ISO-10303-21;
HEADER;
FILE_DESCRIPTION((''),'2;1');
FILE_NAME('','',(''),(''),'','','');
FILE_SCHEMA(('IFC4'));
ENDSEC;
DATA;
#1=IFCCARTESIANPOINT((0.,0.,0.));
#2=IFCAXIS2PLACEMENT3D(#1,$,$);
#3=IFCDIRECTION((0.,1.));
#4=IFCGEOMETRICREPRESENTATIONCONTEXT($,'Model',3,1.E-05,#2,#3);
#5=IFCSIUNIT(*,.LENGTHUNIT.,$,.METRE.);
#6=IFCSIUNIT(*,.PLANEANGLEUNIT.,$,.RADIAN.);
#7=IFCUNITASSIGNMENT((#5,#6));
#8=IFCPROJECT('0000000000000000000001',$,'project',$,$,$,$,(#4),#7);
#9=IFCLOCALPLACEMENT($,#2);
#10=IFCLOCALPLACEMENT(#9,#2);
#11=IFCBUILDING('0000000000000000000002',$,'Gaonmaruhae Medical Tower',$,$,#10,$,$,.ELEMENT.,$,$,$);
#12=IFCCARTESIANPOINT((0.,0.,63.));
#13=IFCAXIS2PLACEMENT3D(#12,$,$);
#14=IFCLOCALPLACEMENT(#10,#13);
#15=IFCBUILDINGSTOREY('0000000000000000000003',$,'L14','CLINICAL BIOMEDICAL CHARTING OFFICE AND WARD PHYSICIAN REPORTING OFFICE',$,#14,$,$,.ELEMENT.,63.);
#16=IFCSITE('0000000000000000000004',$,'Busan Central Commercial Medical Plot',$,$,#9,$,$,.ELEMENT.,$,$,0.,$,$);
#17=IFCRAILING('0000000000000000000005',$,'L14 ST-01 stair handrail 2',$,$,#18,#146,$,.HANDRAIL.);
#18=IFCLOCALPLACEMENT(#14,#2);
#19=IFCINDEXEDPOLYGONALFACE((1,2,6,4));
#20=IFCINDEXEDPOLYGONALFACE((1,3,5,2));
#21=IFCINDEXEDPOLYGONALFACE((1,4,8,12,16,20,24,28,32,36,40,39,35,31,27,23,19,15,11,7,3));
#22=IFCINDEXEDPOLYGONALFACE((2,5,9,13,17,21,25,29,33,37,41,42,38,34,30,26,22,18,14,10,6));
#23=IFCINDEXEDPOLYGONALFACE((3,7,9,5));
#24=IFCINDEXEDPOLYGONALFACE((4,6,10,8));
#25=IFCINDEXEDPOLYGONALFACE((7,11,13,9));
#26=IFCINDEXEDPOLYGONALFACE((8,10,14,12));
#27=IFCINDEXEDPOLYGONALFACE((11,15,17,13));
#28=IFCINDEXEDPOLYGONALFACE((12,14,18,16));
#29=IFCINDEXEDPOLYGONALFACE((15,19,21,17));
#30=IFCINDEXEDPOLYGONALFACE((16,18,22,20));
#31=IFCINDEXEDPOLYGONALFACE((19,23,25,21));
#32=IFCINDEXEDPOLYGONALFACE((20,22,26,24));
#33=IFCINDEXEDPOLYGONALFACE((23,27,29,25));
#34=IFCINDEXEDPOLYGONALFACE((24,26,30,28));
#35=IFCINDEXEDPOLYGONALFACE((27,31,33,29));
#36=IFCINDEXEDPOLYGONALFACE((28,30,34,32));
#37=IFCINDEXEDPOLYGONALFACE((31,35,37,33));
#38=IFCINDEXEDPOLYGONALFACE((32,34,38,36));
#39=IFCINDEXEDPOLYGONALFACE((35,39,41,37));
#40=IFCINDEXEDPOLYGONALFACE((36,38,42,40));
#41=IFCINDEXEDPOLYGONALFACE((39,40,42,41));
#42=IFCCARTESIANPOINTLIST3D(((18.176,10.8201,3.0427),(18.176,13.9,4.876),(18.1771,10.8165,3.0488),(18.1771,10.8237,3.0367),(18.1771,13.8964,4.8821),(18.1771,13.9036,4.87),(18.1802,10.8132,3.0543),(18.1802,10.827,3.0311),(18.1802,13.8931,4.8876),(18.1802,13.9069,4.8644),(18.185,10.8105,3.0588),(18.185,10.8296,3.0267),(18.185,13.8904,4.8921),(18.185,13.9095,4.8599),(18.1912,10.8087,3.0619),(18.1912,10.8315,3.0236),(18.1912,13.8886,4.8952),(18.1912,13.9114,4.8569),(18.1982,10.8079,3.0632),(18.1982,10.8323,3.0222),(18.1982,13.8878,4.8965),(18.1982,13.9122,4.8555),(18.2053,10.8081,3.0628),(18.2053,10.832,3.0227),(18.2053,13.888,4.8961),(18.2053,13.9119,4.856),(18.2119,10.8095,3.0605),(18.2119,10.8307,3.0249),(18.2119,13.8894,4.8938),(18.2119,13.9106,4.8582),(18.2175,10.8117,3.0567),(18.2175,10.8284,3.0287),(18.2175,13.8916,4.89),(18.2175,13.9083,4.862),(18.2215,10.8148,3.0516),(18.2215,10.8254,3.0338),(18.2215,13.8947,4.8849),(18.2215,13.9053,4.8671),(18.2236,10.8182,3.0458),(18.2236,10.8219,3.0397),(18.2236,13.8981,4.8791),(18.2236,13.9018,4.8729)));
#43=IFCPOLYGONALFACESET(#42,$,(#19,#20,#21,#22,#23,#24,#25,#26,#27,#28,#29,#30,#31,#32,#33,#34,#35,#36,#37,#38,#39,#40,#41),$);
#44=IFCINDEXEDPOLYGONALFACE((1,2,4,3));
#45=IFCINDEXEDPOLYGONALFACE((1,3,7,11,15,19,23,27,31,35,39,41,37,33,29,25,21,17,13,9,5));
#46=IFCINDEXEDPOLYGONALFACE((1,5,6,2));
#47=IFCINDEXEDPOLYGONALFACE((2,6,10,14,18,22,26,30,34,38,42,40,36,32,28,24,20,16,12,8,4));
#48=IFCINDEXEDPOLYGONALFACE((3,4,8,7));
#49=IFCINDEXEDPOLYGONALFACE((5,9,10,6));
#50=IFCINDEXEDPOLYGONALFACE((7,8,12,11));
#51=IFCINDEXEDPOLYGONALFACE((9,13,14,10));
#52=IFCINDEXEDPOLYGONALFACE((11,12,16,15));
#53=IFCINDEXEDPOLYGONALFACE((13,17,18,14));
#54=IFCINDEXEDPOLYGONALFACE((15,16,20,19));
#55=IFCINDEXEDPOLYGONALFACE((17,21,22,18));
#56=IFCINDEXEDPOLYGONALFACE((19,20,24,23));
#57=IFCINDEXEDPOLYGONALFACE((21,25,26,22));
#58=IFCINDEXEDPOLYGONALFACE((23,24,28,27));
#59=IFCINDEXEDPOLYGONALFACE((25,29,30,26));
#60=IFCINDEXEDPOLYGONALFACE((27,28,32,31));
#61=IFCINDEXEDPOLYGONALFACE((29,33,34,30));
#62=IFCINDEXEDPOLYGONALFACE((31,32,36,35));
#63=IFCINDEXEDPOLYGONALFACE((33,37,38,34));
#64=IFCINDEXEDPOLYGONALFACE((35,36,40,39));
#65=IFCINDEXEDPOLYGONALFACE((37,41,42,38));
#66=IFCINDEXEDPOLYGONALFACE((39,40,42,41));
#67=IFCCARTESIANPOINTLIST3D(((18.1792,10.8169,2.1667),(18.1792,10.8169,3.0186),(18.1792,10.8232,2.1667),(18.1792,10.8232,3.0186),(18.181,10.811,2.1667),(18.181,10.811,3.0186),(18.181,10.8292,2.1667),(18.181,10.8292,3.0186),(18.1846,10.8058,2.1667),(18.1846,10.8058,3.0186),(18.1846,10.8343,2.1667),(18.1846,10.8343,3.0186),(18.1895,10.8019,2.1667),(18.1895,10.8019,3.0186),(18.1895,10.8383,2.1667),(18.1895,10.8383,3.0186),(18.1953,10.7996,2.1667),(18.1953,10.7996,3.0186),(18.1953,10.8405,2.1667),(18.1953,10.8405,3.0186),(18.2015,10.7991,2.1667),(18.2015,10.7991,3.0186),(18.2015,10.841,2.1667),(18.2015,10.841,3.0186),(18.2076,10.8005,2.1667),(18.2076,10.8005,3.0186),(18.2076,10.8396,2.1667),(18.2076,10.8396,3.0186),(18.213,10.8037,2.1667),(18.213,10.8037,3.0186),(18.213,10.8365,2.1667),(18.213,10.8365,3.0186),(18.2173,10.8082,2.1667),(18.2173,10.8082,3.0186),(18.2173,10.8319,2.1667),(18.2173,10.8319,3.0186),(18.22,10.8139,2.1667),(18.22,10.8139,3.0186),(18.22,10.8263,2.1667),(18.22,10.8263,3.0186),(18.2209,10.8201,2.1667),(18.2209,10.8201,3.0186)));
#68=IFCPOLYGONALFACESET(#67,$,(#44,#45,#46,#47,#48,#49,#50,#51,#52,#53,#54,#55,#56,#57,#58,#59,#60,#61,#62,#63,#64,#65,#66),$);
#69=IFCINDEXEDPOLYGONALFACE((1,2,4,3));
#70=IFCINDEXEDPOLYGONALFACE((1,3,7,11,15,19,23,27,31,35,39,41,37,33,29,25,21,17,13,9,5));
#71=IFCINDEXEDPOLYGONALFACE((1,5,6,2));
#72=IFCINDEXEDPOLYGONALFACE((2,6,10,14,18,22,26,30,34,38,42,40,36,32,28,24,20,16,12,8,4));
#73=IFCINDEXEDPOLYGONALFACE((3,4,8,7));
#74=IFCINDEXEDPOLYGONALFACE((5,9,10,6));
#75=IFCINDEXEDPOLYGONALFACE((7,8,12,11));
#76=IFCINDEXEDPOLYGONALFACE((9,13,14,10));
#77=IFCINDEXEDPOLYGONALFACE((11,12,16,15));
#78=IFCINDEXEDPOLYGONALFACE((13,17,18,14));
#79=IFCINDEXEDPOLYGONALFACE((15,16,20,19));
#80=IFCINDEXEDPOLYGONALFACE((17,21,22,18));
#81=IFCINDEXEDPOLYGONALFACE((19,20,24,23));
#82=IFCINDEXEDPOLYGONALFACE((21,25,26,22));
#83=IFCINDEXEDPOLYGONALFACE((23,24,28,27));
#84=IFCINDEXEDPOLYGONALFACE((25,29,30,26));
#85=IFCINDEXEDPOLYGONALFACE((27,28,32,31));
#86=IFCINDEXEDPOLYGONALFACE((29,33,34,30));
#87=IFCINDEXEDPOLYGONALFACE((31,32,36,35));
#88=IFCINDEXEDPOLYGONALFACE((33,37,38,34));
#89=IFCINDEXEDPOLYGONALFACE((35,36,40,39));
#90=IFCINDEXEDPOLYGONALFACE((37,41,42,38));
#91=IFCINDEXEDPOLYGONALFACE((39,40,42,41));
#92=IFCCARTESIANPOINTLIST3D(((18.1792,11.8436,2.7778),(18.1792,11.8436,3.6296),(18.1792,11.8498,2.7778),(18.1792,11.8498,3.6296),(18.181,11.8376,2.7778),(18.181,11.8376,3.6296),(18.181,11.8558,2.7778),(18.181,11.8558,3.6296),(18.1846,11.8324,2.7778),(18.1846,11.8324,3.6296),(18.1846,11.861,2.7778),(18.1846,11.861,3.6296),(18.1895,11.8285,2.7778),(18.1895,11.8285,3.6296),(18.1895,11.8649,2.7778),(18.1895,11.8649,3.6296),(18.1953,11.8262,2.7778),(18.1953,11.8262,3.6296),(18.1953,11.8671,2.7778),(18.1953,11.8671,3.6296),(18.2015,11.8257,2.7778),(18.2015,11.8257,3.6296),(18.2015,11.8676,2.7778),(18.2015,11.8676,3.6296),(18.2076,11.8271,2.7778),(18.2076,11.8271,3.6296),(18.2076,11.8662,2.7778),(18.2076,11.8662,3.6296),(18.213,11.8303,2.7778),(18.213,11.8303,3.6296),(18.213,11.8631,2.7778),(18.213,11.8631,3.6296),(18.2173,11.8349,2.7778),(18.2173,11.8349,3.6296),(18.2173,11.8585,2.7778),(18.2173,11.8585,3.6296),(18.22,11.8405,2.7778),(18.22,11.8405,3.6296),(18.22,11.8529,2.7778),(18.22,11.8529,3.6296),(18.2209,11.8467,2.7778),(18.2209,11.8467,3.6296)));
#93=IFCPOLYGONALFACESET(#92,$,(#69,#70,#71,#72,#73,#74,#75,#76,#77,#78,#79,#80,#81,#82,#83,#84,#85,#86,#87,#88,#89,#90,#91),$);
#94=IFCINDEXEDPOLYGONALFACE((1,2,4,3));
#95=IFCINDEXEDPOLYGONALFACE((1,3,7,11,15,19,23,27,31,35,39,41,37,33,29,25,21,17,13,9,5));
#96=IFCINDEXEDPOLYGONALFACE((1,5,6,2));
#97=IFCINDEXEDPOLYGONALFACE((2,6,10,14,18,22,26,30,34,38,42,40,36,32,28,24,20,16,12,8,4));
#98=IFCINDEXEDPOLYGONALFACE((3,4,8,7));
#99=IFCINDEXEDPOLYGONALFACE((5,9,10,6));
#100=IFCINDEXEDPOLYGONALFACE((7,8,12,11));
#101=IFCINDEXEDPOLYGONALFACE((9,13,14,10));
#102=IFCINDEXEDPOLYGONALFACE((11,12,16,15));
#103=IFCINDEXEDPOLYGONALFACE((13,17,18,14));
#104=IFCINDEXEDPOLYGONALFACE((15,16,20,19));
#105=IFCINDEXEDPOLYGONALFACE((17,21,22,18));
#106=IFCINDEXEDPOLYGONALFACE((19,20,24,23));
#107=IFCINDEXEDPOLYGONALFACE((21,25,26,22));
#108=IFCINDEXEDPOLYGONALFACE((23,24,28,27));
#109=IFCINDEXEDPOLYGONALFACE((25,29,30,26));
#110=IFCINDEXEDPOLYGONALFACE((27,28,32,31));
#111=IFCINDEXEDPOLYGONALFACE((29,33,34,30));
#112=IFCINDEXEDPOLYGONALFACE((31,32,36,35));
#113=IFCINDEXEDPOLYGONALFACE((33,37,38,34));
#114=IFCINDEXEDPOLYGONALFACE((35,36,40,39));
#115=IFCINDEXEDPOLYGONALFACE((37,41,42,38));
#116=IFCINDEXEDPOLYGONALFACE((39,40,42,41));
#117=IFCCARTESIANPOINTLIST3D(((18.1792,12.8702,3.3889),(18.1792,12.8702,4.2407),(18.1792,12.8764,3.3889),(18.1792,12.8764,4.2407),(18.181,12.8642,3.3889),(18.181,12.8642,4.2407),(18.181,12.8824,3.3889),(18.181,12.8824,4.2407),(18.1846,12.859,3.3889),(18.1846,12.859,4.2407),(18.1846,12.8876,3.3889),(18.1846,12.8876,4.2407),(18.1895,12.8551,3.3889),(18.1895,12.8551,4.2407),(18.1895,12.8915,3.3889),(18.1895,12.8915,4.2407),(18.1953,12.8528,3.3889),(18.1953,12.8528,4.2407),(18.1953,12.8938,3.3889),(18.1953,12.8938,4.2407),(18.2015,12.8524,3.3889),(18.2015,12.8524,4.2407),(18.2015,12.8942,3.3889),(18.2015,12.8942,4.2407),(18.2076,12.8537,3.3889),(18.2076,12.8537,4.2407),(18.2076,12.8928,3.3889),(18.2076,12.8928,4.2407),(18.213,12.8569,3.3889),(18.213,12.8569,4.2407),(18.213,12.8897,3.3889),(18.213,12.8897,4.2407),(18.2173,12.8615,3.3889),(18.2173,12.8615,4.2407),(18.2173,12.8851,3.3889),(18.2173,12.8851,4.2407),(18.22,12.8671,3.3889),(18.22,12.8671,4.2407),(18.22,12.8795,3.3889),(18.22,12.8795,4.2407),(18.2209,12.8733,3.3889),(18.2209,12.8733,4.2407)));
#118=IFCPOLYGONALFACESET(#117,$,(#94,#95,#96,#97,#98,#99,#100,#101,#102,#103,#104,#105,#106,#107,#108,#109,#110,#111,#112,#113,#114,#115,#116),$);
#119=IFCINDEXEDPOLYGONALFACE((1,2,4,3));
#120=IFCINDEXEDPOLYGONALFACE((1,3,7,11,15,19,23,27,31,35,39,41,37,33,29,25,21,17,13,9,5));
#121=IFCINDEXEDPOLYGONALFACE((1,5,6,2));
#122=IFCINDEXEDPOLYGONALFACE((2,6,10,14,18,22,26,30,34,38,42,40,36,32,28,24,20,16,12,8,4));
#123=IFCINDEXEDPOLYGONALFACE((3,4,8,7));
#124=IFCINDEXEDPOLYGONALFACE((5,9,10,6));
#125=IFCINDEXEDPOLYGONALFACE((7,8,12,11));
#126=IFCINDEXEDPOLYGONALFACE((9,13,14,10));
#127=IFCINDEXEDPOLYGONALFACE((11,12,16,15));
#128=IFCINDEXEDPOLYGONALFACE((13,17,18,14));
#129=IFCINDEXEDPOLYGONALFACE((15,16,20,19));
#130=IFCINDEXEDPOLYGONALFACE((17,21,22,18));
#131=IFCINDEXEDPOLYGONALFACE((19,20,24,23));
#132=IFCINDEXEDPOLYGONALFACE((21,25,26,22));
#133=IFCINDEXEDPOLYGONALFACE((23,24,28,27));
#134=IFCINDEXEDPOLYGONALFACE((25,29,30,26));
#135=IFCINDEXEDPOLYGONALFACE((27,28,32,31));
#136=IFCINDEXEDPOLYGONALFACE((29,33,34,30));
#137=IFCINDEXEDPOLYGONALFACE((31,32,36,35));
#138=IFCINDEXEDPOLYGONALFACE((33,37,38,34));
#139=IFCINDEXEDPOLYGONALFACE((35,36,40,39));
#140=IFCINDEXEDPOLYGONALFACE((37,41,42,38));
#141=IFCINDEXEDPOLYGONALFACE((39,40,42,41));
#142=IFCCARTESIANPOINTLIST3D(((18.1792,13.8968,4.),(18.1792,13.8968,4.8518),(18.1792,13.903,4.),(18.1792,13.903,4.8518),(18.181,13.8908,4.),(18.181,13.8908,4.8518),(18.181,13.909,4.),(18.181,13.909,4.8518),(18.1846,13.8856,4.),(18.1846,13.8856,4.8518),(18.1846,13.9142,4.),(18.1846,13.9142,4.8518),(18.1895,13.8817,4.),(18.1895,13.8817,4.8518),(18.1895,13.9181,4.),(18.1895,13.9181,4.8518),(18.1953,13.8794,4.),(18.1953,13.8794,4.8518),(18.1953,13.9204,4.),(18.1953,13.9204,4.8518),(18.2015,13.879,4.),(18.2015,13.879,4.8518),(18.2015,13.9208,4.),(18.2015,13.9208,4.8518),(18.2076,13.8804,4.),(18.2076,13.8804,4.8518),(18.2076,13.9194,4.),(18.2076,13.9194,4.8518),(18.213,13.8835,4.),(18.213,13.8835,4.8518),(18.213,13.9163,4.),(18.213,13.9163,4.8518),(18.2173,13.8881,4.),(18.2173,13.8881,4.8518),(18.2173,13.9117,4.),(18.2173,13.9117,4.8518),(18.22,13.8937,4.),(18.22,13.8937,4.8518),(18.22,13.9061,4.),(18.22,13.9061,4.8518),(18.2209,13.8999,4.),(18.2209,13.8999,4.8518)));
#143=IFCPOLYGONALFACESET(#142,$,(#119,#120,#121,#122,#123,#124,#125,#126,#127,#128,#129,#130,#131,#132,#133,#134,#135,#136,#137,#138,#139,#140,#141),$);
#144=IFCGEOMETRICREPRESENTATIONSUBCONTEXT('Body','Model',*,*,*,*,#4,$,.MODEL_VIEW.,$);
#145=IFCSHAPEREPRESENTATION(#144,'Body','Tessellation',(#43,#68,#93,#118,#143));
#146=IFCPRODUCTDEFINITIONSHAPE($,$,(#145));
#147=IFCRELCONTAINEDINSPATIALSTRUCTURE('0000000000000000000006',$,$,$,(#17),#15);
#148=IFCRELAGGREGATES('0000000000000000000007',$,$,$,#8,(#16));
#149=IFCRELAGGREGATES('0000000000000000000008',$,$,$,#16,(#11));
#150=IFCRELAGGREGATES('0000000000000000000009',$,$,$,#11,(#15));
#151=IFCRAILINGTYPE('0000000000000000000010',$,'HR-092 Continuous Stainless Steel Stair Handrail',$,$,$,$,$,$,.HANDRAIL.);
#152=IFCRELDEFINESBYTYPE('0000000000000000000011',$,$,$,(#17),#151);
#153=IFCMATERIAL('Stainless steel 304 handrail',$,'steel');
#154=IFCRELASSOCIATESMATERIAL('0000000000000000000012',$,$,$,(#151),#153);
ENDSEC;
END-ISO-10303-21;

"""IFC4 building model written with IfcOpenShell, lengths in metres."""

from ifc_helpers import new_model, si_unit, direction, frame, origin, origin_2d, place, context, subcontext, project, spatial, circle, extrude, material, type_object, element, save


model = new_model("IFC4")

# Units and contexts
model_context = context("Model", 3, precision=1e-05, world=origin(), true_north=direction((0.0, 1.0)))
body_context = subcontext(model_context, "Body", "Model", "MODEL_VIEW")
ifc_project = project(units=[si_unit("LENGTHUNIT", "METRE"), si_unit("PLANEANGLEUNIT", "RADIAN")], contexts=[model_context])

# Site, building, storey
site_placement = place(None, origin())
site = spatial("IfcSite", under=ifc_project, at=site_placement, Name="Busan Central Commercial Medical Plot", CompositionType="ELEMENT", RefElevation=0.0)
building_placement = place(site_placement, origin())
building = spatial("IfcBuilding", under=site, at=building_placement, Name="Gaonmaruhae Medical Tower", CompositionType="ELEMENT")
storey_placement = place(building_placement, frame((0.0, 0.0, 63.0)))
storey = spatial("IfcBuildingStorey", under=building, at=storey_placement, Name="L14", Description="CLINICAL BIOMEDICAL CHARTING OFFICE AND WARD PHYSICIAN REPORTING OFFICE", CompositionType="ELEMENT", Elevation=63.0)

# Railing
ifc_material_1 = material(Name="Stainless steel 304 handrail", Category="steel")
railing_type_1 = type_object("IfcRailingType", Name="HR-092 Continuous Stainless Steel Stair Handrail", PredefinedType="HANDRAIL", material=ifc_material_1)
railing_1_placement = place(storey_placement, frame((18.2, 10.8201, 2.1667)))
element("IfcRailing", 1, at=railing_1_placement, inside=storey, type_object=railing_type_1, Name="L14 ST-01 stair handrail 2", PredefinedType="HANDRAIL", context=body_context, shape_type="SweptSolid", body=[
    extrude(circle(Radius=0.0239, at=origin_2d()), frame((0.0, 0.0, 0.876), z_axis=(0.0, 0.859291, 0.511487), x_axis=(-1.0, 0.0, 0.0)), (0.0, 0.0, 1.0), 3.5842),
    extrude(circle(Radius=0.021, at=origin_2d()), origin(), (0.0, 0.0, 1.0), 0.8518),
    extrude(circle(Radius=0.021, at=origin_2d()), frame((0.0, 1.0266, 0.6111)), (0.0, 0.0, 1.0), 0.8518),
    extrude(circle(Radius=0.021, at=origin_2d()), frame((0.0, 2.0532, 1.2222)), (0.0, 0.0, 1.0), 0.8518),
    extrude(circle(Radius=0.021, at=origin_2d()), frame((0.0, 3.0798, 1.8333)), (0.0, 0.0, 1.0), 0.8518),
])

save(model, "model.ifc")
